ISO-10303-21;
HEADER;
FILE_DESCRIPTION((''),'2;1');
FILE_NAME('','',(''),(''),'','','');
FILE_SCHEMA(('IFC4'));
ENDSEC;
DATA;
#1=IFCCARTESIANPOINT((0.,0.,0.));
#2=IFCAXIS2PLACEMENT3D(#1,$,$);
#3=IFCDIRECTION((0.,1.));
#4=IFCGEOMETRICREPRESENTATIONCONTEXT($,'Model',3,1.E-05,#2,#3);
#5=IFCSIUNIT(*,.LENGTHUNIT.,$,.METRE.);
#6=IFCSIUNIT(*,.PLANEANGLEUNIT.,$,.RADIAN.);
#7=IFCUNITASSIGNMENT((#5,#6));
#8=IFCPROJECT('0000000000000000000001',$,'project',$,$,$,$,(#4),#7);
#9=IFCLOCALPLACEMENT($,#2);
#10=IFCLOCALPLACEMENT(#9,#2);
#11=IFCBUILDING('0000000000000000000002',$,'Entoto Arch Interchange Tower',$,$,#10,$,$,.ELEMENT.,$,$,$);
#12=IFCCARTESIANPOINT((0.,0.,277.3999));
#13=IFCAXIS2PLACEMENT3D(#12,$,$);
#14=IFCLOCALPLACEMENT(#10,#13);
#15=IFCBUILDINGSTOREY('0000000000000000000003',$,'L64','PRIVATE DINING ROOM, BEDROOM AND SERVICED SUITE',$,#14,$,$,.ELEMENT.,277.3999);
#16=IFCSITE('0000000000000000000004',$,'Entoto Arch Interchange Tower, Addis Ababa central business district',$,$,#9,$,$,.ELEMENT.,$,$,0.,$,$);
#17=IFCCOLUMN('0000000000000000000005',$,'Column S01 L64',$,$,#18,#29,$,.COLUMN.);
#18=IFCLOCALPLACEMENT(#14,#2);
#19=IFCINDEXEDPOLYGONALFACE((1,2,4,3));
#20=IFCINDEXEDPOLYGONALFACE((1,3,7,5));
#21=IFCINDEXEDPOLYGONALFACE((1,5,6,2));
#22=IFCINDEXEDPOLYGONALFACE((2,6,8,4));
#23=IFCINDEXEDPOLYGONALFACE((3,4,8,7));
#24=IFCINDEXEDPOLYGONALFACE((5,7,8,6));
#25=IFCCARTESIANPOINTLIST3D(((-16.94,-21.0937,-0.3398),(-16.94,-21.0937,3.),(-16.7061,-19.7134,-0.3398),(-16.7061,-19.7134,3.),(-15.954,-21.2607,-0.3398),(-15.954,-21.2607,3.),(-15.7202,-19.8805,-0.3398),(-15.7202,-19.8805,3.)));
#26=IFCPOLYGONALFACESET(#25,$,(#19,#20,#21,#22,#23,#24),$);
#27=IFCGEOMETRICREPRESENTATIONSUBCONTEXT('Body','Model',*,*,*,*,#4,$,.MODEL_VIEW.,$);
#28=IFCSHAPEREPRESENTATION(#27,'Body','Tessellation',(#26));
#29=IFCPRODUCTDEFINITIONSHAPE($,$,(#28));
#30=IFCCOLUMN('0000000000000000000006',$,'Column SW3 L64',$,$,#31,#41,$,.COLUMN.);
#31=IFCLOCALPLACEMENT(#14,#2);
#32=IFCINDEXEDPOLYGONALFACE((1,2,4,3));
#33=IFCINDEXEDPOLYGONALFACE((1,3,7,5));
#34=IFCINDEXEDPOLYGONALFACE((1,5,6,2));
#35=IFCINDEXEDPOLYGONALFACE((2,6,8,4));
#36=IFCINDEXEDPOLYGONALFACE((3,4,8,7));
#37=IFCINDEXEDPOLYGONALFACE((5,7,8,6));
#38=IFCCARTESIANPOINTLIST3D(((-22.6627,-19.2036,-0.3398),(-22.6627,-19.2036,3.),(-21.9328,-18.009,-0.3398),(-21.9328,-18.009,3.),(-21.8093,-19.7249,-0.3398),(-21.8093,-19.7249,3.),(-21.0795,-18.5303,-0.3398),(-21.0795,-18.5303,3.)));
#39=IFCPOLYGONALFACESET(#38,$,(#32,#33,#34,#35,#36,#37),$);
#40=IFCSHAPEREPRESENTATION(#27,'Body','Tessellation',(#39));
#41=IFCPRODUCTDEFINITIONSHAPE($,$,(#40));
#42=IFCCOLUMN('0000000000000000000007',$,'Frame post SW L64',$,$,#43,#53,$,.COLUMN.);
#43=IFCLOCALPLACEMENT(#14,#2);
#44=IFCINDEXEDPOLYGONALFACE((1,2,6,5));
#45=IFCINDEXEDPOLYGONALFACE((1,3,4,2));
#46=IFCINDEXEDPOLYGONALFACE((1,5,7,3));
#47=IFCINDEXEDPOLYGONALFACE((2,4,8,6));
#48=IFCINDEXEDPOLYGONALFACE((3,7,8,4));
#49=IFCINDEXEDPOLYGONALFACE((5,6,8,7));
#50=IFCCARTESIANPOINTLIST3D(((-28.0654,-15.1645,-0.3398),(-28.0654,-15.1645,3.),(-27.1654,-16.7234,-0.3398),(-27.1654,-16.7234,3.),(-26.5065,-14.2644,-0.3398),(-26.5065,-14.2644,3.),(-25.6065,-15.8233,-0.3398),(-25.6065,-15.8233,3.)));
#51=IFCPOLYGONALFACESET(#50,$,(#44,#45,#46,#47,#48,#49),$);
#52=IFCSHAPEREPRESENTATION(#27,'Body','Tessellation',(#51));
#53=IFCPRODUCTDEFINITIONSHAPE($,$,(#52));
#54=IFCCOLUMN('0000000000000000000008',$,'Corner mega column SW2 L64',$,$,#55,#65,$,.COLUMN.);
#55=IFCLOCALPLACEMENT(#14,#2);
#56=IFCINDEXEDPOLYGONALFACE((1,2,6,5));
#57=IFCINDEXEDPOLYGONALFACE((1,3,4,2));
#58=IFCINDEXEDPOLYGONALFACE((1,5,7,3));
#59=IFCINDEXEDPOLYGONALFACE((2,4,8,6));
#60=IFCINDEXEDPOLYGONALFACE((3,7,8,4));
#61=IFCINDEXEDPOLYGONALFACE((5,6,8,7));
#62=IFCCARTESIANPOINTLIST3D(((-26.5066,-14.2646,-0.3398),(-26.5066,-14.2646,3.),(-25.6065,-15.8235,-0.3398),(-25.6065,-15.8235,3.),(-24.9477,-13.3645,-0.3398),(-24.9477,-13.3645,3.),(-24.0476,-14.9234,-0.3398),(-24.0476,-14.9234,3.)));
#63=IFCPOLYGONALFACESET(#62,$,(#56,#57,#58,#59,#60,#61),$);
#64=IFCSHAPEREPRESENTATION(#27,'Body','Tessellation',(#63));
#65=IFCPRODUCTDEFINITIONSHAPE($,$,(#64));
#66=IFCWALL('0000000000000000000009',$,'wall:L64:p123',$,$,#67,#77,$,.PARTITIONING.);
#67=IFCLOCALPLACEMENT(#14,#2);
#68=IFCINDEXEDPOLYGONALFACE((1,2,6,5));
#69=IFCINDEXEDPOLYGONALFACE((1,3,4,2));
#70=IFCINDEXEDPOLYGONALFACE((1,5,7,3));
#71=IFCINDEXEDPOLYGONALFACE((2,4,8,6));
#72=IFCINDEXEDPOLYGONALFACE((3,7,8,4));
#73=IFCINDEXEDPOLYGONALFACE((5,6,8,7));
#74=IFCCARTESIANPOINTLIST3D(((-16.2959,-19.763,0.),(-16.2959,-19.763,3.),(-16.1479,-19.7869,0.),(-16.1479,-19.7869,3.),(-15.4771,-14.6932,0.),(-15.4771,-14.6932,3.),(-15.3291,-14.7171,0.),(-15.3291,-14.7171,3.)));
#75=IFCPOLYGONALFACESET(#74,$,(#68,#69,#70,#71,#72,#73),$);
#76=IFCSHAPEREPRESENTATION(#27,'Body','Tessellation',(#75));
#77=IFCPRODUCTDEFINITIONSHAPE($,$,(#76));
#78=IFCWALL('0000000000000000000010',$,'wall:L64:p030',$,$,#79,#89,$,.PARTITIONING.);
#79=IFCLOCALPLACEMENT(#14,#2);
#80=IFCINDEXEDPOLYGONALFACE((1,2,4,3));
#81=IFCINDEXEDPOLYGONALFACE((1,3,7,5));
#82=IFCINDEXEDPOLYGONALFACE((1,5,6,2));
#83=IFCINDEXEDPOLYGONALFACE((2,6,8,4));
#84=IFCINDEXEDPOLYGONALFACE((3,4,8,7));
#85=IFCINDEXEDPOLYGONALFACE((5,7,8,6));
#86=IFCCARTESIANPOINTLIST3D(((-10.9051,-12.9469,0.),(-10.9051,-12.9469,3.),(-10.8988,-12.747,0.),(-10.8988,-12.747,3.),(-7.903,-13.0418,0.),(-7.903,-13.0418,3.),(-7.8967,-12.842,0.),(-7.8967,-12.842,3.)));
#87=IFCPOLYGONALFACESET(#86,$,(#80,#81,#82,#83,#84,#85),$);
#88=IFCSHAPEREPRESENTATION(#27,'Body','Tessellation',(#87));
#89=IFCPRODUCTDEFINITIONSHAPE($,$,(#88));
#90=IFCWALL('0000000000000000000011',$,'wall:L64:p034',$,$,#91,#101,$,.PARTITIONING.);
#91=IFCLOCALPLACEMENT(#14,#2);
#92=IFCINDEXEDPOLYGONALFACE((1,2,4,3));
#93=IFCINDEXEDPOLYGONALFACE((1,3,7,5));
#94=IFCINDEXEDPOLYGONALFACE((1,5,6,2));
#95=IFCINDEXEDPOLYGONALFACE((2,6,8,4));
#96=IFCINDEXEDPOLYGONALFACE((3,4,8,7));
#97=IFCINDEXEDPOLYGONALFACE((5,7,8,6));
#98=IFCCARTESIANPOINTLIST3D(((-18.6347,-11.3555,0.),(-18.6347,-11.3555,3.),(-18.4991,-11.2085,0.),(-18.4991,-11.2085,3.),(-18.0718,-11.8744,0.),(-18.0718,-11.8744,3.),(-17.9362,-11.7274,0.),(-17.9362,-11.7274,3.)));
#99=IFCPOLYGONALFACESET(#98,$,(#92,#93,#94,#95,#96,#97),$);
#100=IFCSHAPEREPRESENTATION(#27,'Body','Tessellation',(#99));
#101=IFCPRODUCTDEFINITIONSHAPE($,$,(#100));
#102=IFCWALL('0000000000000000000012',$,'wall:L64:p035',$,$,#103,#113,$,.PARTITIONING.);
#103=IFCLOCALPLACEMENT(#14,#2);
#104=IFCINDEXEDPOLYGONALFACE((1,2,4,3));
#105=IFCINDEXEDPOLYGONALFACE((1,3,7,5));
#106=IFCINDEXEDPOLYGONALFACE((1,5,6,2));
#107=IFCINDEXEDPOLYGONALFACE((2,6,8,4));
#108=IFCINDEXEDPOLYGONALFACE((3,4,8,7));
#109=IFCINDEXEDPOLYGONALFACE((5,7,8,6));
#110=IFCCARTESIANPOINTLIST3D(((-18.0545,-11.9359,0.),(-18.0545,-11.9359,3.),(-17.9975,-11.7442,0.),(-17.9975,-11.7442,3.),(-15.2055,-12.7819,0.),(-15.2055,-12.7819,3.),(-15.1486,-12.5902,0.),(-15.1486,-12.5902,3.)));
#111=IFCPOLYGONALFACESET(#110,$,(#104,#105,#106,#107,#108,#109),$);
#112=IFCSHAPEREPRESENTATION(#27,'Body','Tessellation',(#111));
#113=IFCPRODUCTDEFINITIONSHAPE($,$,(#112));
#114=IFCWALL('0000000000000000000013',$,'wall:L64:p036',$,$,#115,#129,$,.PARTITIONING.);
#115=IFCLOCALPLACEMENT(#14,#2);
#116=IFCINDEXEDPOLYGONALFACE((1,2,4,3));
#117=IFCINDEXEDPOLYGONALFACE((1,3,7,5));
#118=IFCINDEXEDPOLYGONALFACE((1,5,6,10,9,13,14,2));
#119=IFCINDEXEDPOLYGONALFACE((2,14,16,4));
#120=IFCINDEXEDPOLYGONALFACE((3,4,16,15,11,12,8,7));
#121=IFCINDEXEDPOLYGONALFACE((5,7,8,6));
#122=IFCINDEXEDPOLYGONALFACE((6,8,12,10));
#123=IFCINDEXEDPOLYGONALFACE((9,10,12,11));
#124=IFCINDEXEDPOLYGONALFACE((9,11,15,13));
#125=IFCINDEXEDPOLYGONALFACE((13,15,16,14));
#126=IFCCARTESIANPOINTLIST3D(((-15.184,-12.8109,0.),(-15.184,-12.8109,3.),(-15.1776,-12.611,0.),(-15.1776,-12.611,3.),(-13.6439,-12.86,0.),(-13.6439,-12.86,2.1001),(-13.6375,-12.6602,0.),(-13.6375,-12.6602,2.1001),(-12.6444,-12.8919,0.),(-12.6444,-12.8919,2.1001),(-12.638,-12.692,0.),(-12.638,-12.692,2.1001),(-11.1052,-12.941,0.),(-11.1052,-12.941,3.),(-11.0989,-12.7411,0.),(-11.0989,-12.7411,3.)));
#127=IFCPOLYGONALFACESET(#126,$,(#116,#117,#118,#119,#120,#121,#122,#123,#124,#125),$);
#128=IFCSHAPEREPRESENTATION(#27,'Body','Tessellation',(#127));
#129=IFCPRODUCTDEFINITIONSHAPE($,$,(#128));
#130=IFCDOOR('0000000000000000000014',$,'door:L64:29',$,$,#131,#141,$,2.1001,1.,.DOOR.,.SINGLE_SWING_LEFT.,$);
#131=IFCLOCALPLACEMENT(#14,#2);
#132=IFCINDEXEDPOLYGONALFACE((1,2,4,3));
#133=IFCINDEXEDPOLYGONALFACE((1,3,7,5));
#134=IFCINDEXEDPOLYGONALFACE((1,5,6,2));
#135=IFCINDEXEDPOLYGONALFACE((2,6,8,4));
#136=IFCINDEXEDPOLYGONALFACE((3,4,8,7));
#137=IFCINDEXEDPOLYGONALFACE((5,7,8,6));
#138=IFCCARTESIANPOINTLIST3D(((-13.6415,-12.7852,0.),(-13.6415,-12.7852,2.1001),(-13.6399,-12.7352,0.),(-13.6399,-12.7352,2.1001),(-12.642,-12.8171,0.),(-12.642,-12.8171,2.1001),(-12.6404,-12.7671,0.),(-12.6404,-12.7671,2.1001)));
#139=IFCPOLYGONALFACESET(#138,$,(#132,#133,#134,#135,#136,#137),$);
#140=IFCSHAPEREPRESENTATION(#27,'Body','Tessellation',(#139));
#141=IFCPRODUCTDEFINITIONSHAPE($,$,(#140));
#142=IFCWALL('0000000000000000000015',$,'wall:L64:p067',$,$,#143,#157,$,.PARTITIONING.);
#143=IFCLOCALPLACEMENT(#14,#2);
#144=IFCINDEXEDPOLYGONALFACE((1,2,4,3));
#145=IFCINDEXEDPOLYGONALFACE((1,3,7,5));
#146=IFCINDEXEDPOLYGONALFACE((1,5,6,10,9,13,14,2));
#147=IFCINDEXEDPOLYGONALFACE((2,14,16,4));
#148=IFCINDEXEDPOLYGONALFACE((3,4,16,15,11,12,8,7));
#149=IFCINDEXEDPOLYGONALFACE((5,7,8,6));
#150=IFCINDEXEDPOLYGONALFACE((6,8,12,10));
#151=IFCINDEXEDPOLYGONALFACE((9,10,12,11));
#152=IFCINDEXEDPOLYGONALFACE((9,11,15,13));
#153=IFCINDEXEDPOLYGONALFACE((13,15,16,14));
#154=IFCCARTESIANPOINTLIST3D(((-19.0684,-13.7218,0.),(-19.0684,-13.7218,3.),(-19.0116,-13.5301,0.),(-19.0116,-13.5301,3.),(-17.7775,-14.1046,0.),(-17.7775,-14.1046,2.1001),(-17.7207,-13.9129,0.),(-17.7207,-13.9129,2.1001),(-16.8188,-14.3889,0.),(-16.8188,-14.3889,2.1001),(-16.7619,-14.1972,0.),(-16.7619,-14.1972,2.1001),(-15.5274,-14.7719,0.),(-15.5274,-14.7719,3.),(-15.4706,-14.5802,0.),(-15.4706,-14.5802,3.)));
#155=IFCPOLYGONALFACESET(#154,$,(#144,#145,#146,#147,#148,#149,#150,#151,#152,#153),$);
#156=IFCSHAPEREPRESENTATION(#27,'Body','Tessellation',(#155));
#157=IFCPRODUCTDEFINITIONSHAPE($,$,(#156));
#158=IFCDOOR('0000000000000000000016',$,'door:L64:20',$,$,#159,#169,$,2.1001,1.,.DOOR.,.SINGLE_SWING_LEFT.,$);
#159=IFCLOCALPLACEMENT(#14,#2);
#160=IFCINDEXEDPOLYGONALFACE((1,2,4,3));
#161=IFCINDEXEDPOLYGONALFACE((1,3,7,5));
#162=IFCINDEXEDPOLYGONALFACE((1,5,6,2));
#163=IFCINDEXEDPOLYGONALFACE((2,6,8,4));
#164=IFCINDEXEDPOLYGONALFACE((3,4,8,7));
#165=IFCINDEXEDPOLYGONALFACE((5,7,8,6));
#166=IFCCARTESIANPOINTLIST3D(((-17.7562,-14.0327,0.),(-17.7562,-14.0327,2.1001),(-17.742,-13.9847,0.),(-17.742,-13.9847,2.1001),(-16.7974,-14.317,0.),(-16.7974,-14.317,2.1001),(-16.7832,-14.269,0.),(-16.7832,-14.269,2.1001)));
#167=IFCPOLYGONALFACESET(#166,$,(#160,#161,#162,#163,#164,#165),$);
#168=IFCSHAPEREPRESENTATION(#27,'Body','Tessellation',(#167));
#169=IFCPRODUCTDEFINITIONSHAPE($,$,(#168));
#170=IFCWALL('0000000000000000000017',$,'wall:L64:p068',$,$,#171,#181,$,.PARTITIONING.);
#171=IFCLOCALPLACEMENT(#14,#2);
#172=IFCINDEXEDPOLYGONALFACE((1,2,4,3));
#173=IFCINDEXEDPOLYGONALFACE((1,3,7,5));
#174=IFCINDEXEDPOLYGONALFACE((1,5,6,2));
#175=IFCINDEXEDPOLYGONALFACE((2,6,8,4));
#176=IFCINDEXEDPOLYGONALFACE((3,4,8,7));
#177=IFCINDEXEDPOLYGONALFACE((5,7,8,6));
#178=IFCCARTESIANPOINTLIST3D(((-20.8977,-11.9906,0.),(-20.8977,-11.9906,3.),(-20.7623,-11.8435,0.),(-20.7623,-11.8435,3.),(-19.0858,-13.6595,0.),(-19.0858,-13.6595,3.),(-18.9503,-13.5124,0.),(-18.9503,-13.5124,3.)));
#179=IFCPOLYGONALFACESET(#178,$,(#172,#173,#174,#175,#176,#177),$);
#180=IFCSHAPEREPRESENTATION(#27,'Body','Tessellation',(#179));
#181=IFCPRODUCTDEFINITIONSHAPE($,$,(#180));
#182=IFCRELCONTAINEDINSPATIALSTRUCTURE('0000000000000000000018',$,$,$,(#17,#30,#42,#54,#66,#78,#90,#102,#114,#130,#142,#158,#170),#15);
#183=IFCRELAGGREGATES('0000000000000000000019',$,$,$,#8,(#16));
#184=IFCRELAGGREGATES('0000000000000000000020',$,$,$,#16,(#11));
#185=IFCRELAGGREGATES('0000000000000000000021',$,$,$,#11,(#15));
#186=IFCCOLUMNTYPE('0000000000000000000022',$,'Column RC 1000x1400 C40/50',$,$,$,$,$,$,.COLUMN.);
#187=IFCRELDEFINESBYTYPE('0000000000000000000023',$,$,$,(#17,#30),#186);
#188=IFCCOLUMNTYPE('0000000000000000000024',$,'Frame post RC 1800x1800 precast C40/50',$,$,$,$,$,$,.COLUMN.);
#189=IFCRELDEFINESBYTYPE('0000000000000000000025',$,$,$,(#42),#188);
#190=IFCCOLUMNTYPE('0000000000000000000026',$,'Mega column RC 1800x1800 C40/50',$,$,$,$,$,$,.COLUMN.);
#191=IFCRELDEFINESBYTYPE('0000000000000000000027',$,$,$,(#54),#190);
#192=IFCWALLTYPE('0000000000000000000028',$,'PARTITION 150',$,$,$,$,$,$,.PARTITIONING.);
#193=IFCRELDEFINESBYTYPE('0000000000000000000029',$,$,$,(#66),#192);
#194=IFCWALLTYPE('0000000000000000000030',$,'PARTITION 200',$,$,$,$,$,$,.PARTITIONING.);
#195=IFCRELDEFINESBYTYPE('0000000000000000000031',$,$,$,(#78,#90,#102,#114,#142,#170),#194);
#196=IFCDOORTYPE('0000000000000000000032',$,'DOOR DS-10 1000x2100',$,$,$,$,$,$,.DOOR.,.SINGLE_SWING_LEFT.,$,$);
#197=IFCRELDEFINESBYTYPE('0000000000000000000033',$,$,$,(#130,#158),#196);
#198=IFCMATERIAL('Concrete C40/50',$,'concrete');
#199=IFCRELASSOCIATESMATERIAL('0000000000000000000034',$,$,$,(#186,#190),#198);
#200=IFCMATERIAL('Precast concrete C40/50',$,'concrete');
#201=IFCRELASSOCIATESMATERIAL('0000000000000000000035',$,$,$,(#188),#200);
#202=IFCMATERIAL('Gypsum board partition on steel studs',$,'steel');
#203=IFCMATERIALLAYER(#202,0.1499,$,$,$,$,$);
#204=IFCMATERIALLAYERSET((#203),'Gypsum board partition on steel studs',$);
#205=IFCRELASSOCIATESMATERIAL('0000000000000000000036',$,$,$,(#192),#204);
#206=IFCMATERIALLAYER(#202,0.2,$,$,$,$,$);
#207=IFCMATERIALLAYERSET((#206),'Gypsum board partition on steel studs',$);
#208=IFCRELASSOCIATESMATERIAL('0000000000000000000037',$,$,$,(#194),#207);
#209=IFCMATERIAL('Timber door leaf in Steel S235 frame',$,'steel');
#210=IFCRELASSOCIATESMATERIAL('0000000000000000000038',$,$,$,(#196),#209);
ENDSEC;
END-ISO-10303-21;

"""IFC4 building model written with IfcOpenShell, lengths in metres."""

from ifc_helpers import new_model, si_unit, direction, frame, frame_2d, origin, origin_2d, place, context, subcontext, project, spatial, rectangle, extrude, material, layer, layer_set, material_profile, profile_set, type_object, element, fill, save


model = new_model("IFC4")

# Units and contexts
model_context = context("Model", 3, precision=1e-05, world=origin(), true_north=direction((0.0, 1.0)))
body_context = subcontext(model_context, "Body", "Model", "MODEL_VIEW")
ifc_project = project(units=[si_unit("LENGTHUNIT", "METRE"), si_unit("PLANEANGLEUNIT", "RADIAN")], contexts=[model_context])

# Site, building, storey
site_placement = place(None, origin())
site = spatial("IfcSite", under=ifc_project, at=site_placement, Name="Entoto Arch Interchange Tower, Addis Ababa central business district", CompositionType="ELEMENT", RefElevation=0.0)
building_placement = place(site_placement, origin())
building = spatial("IfcBuilding", under=site, at=building_placement, Name="Entoto Arch Interchange Tower", CompositionType="ELEMENT")
storey_placement = place(building_placement, frame((0.0, 0.0, 277.3999)))
storey = spatial("IfcBuildingStorey", under=building, at=storey_placement, Name="L64", Description="PRIVATE DINING ROOM, BEDROOM AND SERVICED SUITE", CompositionType="ELEMENT", Elevation=277.3999)

# Columns
ifc_material_1 = material(Name="Concrete C40/50", Category="concrete")
ifc_material_profile_1 = material_profile(ifc_material_1, rectangle(XDim=1.0, YDim=1.3999, at=origin_2d()))
ifc_profile_set_1 = profile_set([ifc_material_profile_1], Name="Concrete C40/50")
column_type_1 = type_object("IfcColumnType", Name="Column RC 1000x1400 C40/50", PredefinedType="COLUMN", material=ifc_profile_set_1)
for number, where, z_axis, x_axis, name in (
    (1, (-16.3301, -20.4871, -0.3398), (0.0, 0.0, 1.0), (-0.985952, 0.167027, 0.0), "Column S01 L64"),
    (2, (-21.8711, -18.8669, -0.3398), (0.0, 0.0, 1.0), (-0.853342, 0.521352, 0.0), "Column SW3 L64"),
):
    element("IfcColumn", number, at=place(storey_placement, frame(where, z_axis=z_axis, x_axis=x_axis)), inside=storey, type_object=column_type_1, Name=name, PredefinedType="COLUMN", context=body_context, shape_type="SweptSolid", body=[
        extrude(rectangle(XDim=1.0, YDim=1.3999, at=origin_2d()), origin(), (0.0, 0.0, 1.0), 3.3398),
    ])
ifc_material_2 = material(Name="Precast concrete C40/50", Category="concrete")
ifc_material_profile_2 = material_profile(ifc_material_2, rectangle(XDim=1.8, YDim=1.8, at=origin_2d()))
ifc_profile_set_2 = profile_set([ifc_material_profile_2], Name="Precast concrete C40/50")
column_type_2 = type_object("IfcColumnType", Name="Frame post RC 1800x1800 precast C40/50", PredefinedType="COLUMN", material=ifc_profile_set_2)
column_1_placement = place(storey_placement, frame((-26.8359, -15.4939, -0.3398), z_axis=(0.0, 0.0, 1.0), x_axis=(0.866025, 0.5, 0.0)))
element("IfcColumn", 3, at=column_1_placement, inside=storey, type_object=column_type_2, Name="Frame post SW L64", PredefinedType="COLUMN", context=body_context, shape_type="SweptSolid", body=[
    extrude(rectangle(XDim=1.8, YDim=1.8, at=origin_2d()), origin(), (0.0, 0.0, 1.0), 3.3398),
])
ifc_material_profile_3 = material_profile(ifc_material_1, rectangle(XDim=1.8, YDim=1.8, at=origin_2d()))
ifc_profile_set_3 = profile_set([ifc_material_profile_3], Name="Concrete C40/50")
column_type_3 = type_object("IfcColumnType", Name="Mega column RC 1800x1800 C40/50", PredefinedType="COLUMN", material=ifc_profile_set_3)
column_2_placement = place(storey_placement, frame((-25.2771, -14.594, -0.3398), z_axis=(0.0, 0.0, 1.0), x_axis=(0.866025, 0.5, 0.0)))
element("IfcColumn", 4, at=column_2_placement, inside=storey, type_object=column_type_3, Name="Corner mega column SW2 L64", PredefinedType="COLUMN", context=body_context, shape_type="SweptSolid", body=[
    extrude(rectangle(XDim=1.8, YDim=1.8, at=origin_2d()), origin(), (0.0, 0.0, 1.0), 3.3398),
])

# Walls
ifc_material_3 = material(Name="Gypsum board partition on steel studs", Category="steel")
ifc_layer_1 = layer(ifc_material_3, 0.1499)
ifc_layer_set_1 = layer_set([ifc_layer_1], Name="Gypsum board partition on steel studs")
wall_type_1 = type_object("IfcWallType", Name="PARTITION 150", PredefinedType="PARTITIONING", material=ifc_layer_set_1)
wall_1_placement = place(storey_placement, frame((-15.4031, -14.7051, 0.0), z_axis=(0.0, 0.0, 1.0), x_axis=(-0.159448, -0.987206, 0.0)))
element("IfcWall", 5, at=wall_1_placement, inside=storey, type_object=wall_type_1, Name="wall:L64:p123", PredefinedType="PARTITIONING", context=body_context, shape_type="SweptSolid", body=[
    extrude(rectangle(XDim=5.1355, YDim=0.1499, at=frame_2d((2.5679, 0.0))), origin(), (0.0, 0.0, 1.0), 3.0),
])
ifc_layer_2 = layer(ifc_material_3, 0.2)
ifc_layer_set_2 = layer_set([ifc_layer_2], Name="Gypsum board partition on steel studs")
wall_type_2 = type_object("IfcWallType", Name="PARTITION 200", PredefinedType="PARTITIONING", material=ifc_layer_set_2)
wall_2_placement = place(storey_placement, frame((-10.9021, -12.8469, 0.0), z_axis=(0.0, 0.0, 1.0), x_axis=(0.9995, -0.031618, 0.0)))
element("IfcWall", 6, at=wall_2_placement, inside=storey, type_object=wall_type_2, Name="wall:L64:p030", PredefinedType="PARTITIONING", context=body_context, shape_type="SweptSolid", body=[
    extrude(rectangle(XDim=3.0037, YDim=0.2, at=frame_2d((1.502, 0.0))), origin(), (0.0, 0.0, 1.0), 3.0),
])
wall_3_placement = place(storey_placement, frame((-18.5669, -11.282, 0.0), z_axis=(0.0, 0.0, 1.0), x_axis=(0.735219, -0.67783, 0.0)))
element("IfcWall", 7, at=wall_3_placement, inside=storey, type_object=wall_type_2, Name="wall:L64:p034", PredefinedType="PARTITIONING", context=body_context, shape_type="SweptSolid", body=[
    extrude(rectangle(XDim=0.7656, YDim=0.2, at=frame_2d((0.3828, 0.0))), origin(), (0.0, 0.0, 1.0), 3.0),
])
wall_4_placement = place(storey_placement, frame((-18.0259, -11.8401, 0.0), z_axis=(0.0, 0.0, 1.0), x_axis=(0.95863, -0.284656, 0.0)))
element("IfcWall", 8, at=wall_4_placement, inside=storey, type_object=wall_type_2, Name="wall:L64:p035", PredefinedType="PARTITIONING", context=body_context, shape_type="SweptSolid", body=[
    extrude(rectangle(XDim=2.9719, YDim=0.2, at=frame_2d((1.4858, 0.0))), origin(), (0.0, 0.0, 1.0), 3.0),
])

# Walls, openings, doors
wall_5_placement = place(storey_placement, frame((-15.1809, -12.7109, 0.0), z_axis=(0.0, 0.0, 1.0), x_axis=(0.999491, -0.031887, 0.0)))
wall_5 = element("IfcWall", 9, at=wall_5_placement, inside=storey, type_object=wall_type_2, Name="wall:L64:p036", PredefinedType="PARTITIONING", context=body_context, shape_type="SweptSolid", body=[
    extrude(rectangle(XDim=4.0808, YDim=0.2, at=frame_2d((2.0405, 0.0))), origin(), (0.0, 0.0, 1.0), 3.0),
])
opening_1_placement = place(wall_5_placement, frame((1.541, 0.0, 0.0)))
opening_1 = element("IfcOpeningElement", 10, at=opening_1_placement, cuts=wall_5, PredefinedType="OPENING", context=body_context, shape_type="SweptSolid", body=[
    extrude(rectangle(XDim=1.0, YDim=2.1001, at=frame_2d((0.5, 1.05))), frame((0.0, 0.1099, 0.0), z_axis=(0.0, -1.0, 0.0), x_axis=(1.0, 0.0, 0.0)), (0.0, 0.0, 1.0), 0.22),
])
ifc_material_4 = material(Name="Timber door leaf in Steel S235 frame", Category="steel")
door_type = type_object("IfcDoorType", Name="DOOR DS-10 1000x2100", OperationType="SINGLE_SWING_LEFT", PredefinedType="DOOR", material=ifc_material_4)
door_1_placement = place(opening_1_placement, origin())
door_1 = element("IfcDoor", 11, at=door_1_placement, inside=storey, type_object=door_type, Name="door:L64:29", OperationType="SINGLE_SWING_LEFT", OverallHeight=2.1001, OverallWidth=1.0, PredefinedType="DOOR", context=body_context, shape_type="SweptSolid", body=[
    extrude(rectangle(XDim=1.0, YDim=2.1001, at=frame_2d((0.5, 1.05))), frame((0.0, 0.0249, 0.0), z_axis=(0.0, -1.0, 0.0), x_axis=(1.0, 0.0, 0.0)), (0.0, 0.0, 1.0), 0.05),
])
fill(opening_1, door_1)
wall_6_placement = place(storey_placement, frame((-15.499, -14.676, 0.0), z_axis=(0.0, 0.0, 1.0), x_axis=(-0.958735, 0.284302, 0.0)))
wall_6 = element("IfcWall", 12, at=wall_6_placement, inside=storey, type_object=wall_type_2, Name="wall:L64:p067", PredefinedType="PARTITIONING", context=body_context, shape_type="SweptSolid", body=[
    extrude(rectangle(XDim=3.6934, YDim=0.2, at=frame_2d((1.8467, 0.0))), origin(), (0.0, 0.0, 1.0), 3.0),
])
opening_2_placement = place(wall_6_placement, frame((1.3469, 0.0, 0.0)))
opening_2 = element("IfcOpeningElement", 13, at=opening_2_placement, cuts=wall_6, PredefinedType="OPENING", context=body_context, shape_type="SweptSolid", body=[
    extrude(rectangle(XDim=1.0, YDim=2.1001, at=frame_2d((0.5, 1.05))), frame((0.0, 0.1099, 0.0), z_axis=(0.0, -1.0, 0.0), x_axis=(1.0, 0.0, 0.0)), (0.0, 0.0, 1.0), 0.22),
])
door_2_placement = place(opening_2_placement, origin())
door_2 = element("IfcDoor", 14, at=door_2_placement, inside=storey, type_object=door_type, Name="door:L64:20", OperationType="SINGLE_SWING_LEFT", OverallHeight=2.1001, OverallWidth=1.0, PredefinedType="DOOR", context=body_context, shape_type="SweptSolid", body=[
    extrude(rectangle(XDim=1.0, YDim=2.1001, at=frame_2d((0.5, 1.05))), frame((0.0, 0.0249, 0.0), z_axis=(0.0, -1.0, 0.0), x_axis=(1.0, 0.0, 0.0)), (0.0, 0.0, 1.0), 0.05),
])
fill(opening_2, door_2)

# Wall
wall_7_placement = place(storey_placement, frame((-19.0181, -13.5859, 0.0), z_axis=(0.0, 0.0, 1.0), x_axis=(-0.735548, 0.677473, 0.0)))
element("IfcWall", 15, at=wall_7_placement, inside=storey, type_object=wall_type_2, Name="wall:L64:p068", PredefinedType="PARTITIONING", context=body_context, shape_type="SweptSolid", body=[
    extrude(rectangle(XDim=2.4634, YDim=0.2, at=frame_2d((1.2317, 0.0))), origin(), (0.0, 0.0, 1.0), 3.0),
])

save(model, "model.ifc")
